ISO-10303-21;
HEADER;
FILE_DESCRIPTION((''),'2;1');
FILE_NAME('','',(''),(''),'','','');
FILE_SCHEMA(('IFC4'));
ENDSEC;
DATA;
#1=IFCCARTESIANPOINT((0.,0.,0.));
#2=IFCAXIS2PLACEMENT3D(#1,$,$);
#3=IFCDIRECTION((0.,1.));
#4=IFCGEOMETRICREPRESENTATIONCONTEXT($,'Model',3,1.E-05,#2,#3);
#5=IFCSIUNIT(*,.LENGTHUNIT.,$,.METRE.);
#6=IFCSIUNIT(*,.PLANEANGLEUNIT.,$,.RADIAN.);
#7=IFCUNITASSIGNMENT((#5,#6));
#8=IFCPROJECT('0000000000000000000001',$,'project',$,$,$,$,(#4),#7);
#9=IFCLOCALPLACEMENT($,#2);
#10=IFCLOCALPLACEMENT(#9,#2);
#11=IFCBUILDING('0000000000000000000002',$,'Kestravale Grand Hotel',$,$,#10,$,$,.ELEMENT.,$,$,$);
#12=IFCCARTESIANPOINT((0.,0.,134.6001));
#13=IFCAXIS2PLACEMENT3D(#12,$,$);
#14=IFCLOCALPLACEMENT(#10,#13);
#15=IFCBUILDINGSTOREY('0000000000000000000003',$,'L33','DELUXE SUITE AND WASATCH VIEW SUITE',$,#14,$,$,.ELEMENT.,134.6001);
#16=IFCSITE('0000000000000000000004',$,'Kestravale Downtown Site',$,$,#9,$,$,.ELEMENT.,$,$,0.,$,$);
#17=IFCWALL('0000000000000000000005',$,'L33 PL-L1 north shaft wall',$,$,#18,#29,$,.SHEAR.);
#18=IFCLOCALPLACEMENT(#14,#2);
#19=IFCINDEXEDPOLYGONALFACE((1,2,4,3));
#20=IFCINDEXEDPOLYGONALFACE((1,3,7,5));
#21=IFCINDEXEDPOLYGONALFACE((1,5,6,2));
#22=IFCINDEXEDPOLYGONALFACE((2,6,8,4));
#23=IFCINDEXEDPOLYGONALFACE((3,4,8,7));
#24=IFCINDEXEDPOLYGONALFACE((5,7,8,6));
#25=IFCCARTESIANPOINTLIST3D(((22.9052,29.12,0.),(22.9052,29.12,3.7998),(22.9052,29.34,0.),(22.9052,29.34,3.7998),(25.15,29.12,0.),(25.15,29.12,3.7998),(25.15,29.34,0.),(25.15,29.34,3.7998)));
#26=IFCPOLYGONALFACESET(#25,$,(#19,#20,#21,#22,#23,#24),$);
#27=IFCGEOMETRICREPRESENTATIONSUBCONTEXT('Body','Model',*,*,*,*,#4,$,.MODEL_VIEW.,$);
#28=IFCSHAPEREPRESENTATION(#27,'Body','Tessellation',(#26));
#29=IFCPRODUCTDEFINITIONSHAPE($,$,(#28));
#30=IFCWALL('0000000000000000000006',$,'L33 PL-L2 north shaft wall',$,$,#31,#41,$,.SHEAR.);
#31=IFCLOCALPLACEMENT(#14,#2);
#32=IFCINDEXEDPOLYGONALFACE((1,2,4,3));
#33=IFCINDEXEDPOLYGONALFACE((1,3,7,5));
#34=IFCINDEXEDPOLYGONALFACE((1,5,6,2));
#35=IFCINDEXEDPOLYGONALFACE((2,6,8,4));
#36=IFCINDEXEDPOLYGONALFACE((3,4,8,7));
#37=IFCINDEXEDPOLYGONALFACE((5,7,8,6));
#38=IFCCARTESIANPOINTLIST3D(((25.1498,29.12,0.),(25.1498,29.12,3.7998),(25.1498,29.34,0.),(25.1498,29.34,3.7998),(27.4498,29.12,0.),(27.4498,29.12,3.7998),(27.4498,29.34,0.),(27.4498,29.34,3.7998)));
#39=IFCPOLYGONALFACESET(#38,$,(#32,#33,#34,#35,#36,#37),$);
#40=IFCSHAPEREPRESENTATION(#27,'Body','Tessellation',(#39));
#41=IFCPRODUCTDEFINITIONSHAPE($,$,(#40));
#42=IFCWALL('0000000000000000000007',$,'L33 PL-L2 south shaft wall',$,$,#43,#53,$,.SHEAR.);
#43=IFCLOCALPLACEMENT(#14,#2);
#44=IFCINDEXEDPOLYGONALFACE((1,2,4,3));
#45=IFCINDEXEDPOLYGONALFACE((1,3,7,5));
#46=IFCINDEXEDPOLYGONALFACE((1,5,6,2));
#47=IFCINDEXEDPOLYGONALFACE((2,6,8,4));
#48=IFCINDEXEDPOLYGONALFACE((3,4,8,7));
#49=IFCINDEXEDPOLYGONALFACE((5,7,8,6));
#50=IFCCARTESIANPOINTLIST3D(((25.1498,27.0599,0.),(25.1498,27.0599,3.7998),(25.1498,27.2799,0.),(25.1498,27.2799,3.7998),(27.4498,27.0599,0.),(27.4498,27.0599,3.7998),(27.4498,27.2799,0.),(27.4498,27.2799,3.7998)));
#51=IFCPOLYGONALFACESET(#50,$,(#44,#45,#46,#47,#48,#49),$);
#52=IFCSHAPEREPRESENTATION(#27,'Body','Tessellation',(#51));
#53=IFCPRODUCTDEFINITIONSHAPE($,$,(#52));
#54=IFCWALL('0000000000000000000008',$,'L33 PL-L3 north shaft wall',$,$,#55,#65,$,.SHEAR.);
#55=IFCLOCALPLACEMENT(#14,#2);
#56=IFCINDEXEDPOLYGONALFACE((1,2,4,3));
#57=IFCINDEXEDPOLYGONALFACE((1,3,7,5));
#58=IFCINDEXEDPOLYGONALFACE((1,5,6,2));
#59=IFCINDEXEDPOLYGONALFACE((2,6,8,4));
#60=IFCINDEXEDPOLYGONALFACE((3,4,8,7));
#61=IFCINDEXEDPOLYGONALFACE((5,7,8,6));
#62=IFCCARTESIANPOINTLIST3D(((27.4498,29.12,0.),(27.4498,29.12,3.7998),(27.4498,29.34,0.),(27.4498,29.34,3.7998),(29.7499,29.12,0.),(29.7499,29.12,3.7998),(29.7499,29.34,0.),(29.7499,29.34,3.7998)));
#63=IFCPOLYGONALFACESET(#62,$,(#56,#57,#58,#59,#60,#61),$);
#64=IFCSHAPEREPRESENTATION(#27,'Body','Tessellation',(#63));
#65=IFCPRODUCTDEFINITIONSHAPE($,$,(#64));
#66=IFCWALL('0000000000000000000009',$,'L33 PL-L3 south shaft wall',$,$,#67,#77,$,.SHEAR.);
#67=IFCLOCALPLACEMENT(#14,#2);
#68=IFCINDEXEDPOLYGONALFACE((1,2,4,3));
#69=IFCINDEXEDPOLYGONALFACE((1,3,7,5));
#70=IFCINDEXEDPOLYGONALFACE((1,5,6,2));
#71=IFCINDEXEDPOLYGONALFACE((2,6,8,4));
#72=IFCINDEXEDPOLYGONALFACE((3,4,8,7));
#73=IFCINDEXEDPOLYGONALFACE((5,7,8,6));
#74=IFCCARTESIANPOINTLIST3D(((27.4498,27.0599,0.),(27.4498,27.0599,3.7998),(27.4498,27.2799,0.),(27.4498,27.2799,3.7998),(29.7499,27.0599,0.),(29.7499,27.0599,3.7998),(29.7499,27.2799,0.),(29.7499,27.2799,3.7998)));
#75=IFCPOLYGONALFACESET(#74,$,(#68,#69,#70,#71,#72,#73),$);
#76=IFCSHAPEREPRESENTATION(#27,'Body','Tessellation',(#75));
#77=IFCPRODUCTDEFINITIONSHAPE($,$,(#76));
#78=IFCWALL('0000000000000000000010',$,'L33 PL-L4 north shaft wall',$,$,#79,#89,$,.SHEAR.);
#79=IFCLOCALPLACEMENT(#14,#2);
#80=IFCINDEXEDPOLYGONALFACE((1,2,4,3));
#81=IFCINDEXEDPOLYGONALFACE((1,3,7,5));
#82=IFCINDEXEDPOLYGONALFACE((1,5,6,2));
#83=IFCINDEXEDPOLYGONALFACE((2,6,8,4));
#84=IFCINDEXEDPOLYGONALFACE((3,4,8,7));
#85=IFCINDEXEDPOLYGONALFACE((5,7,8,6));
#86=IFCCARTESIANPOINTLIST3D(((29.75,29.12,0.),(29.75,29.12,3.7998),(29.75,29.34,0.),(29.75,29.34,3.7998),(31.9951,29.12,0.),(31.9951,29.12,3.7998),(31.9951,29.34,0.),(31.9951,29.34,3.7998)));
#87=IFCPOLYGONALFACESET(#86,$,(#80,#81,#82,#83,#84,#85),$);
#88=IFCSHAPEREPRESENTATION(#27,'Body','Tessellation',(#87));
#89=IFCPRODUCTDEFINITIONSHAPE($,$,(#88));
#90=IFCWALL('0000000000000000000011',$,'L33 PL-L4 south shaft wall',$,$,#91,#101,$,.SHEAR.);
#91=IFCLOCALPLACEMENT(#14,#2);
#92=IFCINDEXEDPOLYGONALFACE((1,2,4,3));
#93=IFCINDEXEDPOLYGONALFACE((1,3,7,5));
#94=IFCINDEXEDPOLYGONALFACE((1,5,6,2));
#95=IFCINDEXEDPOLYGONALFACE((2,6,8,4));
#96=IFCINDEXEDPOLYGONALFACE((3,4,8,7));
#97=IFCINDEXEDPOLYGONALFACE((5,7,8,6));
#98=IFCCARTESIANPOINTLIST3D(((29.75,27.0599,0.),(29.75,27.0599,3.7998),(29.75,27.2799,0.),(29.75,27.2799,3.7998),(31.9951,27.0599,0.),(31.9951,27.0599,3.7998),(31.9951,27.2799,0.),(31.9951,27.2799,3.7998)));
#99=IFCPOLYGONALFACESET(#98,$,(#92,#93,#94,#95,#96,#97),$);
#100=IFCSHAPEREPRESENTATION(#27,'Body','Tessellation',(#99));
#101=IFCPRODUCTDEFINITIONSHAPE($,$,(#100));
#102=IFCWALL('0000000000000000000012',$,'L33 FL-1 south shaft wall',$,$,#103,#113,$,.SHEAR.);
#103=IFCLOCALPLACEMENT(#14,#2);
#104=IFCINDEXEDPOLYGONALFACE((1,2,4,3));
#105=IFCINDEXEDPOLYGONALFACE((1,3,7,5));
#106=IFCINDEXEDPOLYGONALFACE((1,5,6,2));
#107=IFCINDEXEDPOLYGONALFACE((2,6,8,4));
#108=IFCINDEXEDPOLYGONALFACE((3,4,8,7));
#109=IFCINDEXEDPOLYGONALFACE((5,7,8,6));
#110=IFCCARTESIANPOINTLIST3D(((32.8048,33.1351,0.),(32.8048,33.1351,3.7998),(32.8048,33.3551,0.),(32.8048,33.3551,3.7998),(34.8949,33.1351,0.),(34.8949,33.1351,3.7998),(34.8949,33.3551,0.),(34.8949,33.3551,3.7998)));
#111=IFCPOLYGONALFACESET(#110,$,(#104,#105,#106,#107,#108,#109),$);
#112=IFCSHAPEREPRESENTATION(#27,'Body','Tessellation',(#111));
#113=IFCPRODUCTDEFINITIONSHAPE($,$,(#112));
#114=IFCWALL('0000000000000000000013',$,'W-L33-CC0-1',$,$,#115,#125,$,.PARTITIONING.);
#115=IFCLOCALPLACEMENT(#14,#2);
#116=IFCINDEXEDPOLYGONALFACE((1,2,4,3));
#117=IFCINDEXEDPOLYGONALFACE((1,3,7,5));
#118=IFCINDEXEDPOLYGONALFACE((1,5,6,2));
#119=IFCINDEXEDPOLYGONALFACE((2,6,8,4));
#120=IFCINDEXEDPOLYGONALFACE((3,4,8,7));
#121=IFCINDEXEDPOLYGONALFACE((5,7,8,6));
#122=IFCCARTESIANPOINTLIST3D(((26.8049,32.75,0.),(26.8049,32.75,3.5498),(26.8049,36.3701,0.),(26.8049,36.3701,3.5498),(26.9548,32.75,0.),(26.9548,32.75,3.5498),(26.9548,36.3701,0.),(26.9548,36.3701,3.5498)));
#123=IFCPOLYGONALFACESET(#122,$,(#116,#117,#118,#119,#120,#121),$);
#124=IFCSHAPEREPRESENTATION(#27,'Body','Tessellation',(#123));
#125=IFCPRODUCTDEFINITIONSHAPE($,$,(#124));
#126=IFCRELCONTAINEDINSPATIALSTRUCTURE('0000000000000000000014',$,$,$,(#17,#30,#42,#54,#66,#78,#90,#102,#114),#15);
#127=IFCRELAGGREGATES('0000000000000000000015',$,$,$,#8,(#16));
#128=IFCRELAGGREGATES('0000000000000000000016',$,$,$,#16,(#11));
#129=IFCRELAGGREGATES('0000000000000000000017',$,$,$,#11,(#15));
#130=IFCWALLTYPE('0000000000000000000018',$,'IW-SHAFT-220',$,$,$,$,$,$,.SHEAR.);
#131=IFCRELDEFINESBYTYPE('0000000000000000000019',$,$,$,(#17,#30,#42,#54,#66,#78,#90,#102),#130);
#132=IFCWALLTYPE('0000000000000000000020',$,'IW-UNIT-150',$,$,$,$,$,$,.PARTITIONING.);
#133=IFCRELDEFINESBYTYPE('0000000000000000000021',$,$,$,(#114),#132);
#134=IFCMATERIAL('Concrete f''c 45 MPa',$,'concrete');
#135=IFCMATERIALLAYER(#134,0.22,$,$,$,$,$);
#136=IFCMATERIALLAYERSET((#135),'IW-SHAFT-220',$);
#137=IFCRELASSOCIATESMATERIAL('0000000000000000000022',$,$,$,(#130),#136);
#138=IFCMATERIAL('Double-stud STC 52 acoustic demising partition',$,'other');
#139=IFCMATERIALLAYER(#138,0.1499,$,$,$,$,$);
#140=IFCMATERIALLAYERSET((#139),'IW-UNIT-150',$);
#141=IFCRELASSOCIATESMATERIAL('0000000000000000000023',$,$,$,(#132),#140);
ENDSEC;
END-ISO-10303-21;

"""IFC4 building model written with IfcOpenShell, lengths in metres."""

from ifc_helpers import new_model, si_unit, direction, frame, frame_2d, origin, place, context, subcontext, project, spatial, rectangle, extrude, material, layer, layer_set, type_object, element, save


model = new_model("IFC4")

# Units and contexts
model_context = context("Model", 3, precision=1e-05, world=origin(), true_north=direction((0.0, 1.0)))
body_context = subcontext(model_context, "Body", "Model", "MODEL_VIEW")
ifc_project = project(units=[si_unit("LENGTHUNIT", "METRE"), si_unit("PLANEANGLEUNIT", "RADIAN")], contexts=[model_context])

# Site, building, storey
site_placement = place(None, origin())
site = spatial("IfcSite", under=ifc_project, at=site_placement, Name="Kestravale Downtown Site", CompositionType="ELEMENT", RefElevation=0.0)
building_placement = place(site_placement, origin())
building = spatial("IfcBuilding", under=site, at=building_placement, Name="Kestravale Grand Hotel", CompositionType="ELEMENT")
storey_placement = place(building_placement, frame((0.0, 0.0, 134.6001)))
storey = spatial("IfcBuildingStorey", under=building, at=storey_placement, Name="L33", Description="DELUXE SUITE AND WASATCH VIEW SUITE", CompositionType="ELEMENT", Elevation=134.6001)

# Walls
ifc_material_1 = material(Name="Concrete f'c 45 MPa", Category="concrete")
ifc_layer_1 = layer(ifc_material_1, 0.22)
ifc_layer_set_1 = layer_set([ifc_layer_1], Name="IW-SHAFT-220")
wall_type_1 = type_object("IfcWallType", Name="IW-SHAFT-220", PredefinedType="SHEAR", material=ifc_layer_set_1)
wall_1_placement = place(storey_placement, frame((22.905, 29.23, 0.0), z_axis=(0.0, 0.0, 1.0), x_axis=(1.0, 0.0, 0.0)))
element("IfcWall", 1, at=wall_1_placement, inside=storey, type_object=wall_type_1, Name="L33 PL-L1 north shaft wall", PredefinedType="SHEAR", context=body_context, shape_type="SweptSolid", body=[
    extrude(rectangle(XDim=2.2449, YDim=0.22, at=frame_2d((1.1226, 0.0))), origin(), (0.0, 0.0, 1.0), 3.7998),
])
for number, where, z_axis, x_axis, name in (
    (2, (25.1499, 29.23, 0.0), (0.0, 0.0, 1.0), (1.0, 0.0, 0.0), "L33 PL-L2 north shaft wall"),
    (3, (25.1499, 27.1699, 0.0), (0.0, 0.0, 1.0), (1.0, 0.0, 0.0), "L33 PL-L2 south shaft wall"),
    (4, (27.45, 29.23, 0.0), (0.0, 0.0, 1.0), (1.0, 0.0, 0.0), "L33 PL-L3 north shaft wall"),
    (5, (27.45, 27.1699, 0.0), (0.0, 0.0, 1.0), (1.0, 0.0, 0.0), "L33 PL-L3 south shaft wall"),
):
    element("IfcWall", number, at=place(storey_placement, frame(where, z_axis=z_axis, x_axis=x_axis)), inside=storey, type_object=wall_type_1, Name=name, PredefinedType="SHEAR", context=body_context, shape_type="SweptSolid", body=[
        extrude(rectangle(XDim=2.3, YDim=0.22, at=frame_2d((1.1499, 0.0))), origin(), (0.0, 0.0, 1.0), 3.7998),
    ])
for number, where, z_axis, x_axis, name in (
    (6, (29.75, 29.23, 0.0), (0.0, 0.0, 1.0), (1.0, 0.0, 0.0), "L33 PL-L4 north shaft wall"),
    (7, (29.75, 27.1699, 0.0), (0.0, 0.0, 1.0), (1.0, 0.0, 0.0), "L33 PL-L4 south shaft wall"),
):
    element("IfcWall", number, at=place(storey_placement, frame(where, z_axis=z_axis, x_axis=x_axis)), inside=storey, type_object=wall_type_1, Name=name, PredefinedType="SHEAR", context=body_context, shape_type="SweptSolid", body=[
        extrude(rectangle(XDim=2.2451, YDim=0.22, at=frame_2d((1.1226, 0.0))), origin(), (0.0, 0.0, 1.0), 3.7998),
    ])
wall_2_placement = place(storey_placement, frame((32.8049, 33.2451, 0.0), z_axis=(0.0, 0.0, 1.0), x_axis=(1.0, 0.0, 0.0)))
element("IfcWall", 8, at=wall_2_placement, inside=storey, type_object=wall_type_1, Name="L33 FL-1 south shaft wall", PredefinedType="SHEAR", context=body_context, shape_type="SweptSolid", body=[
    extrude(rectangle(XDim=2.0901, YDim=0.22, at=frame_2d((1.0449, 0.0))), origin(), (0.0, 0.0, 1.0), 3.7998),
])
ifc_material_2 = material(Name="Double-stud STC 52 acoustic demising partition", Category="other")
ifc_layer_2 = layer(ifc_material_2, 0.1499)
ifc_layer_set_2 = layer_set([ifc_layer_2], Name="IW-UNIT-150")
wall_type_2 = type_object("IfcWallType", Name="IW-UNIT-150", PredefinedType="PARTITIONING", material=ifc_layer_set_2)
wall_3_placement = place(storey_placement, frame((26.8799, 32.75, 0.0), z_axis=(0.0, 0.0, 1.0), x_axis=(0.0, 1.0, 0.0)))
element("IfcWall", 9, at=wall_3_placement, inside=storey, type_object=wall_type_2, Name="W-L33-CC0-1", PredefinedType="PARTITIONING", context=body_context, shape_type="SweptSolid", body=[
    extrude(rectangle(XDim=3.6201, YDim=0.1499, at=frame_2d((1.8101, 0.0))), origin(), (0.0, 0.0, 1.0), 3.5498),
])

save(model, "model.ifc")
